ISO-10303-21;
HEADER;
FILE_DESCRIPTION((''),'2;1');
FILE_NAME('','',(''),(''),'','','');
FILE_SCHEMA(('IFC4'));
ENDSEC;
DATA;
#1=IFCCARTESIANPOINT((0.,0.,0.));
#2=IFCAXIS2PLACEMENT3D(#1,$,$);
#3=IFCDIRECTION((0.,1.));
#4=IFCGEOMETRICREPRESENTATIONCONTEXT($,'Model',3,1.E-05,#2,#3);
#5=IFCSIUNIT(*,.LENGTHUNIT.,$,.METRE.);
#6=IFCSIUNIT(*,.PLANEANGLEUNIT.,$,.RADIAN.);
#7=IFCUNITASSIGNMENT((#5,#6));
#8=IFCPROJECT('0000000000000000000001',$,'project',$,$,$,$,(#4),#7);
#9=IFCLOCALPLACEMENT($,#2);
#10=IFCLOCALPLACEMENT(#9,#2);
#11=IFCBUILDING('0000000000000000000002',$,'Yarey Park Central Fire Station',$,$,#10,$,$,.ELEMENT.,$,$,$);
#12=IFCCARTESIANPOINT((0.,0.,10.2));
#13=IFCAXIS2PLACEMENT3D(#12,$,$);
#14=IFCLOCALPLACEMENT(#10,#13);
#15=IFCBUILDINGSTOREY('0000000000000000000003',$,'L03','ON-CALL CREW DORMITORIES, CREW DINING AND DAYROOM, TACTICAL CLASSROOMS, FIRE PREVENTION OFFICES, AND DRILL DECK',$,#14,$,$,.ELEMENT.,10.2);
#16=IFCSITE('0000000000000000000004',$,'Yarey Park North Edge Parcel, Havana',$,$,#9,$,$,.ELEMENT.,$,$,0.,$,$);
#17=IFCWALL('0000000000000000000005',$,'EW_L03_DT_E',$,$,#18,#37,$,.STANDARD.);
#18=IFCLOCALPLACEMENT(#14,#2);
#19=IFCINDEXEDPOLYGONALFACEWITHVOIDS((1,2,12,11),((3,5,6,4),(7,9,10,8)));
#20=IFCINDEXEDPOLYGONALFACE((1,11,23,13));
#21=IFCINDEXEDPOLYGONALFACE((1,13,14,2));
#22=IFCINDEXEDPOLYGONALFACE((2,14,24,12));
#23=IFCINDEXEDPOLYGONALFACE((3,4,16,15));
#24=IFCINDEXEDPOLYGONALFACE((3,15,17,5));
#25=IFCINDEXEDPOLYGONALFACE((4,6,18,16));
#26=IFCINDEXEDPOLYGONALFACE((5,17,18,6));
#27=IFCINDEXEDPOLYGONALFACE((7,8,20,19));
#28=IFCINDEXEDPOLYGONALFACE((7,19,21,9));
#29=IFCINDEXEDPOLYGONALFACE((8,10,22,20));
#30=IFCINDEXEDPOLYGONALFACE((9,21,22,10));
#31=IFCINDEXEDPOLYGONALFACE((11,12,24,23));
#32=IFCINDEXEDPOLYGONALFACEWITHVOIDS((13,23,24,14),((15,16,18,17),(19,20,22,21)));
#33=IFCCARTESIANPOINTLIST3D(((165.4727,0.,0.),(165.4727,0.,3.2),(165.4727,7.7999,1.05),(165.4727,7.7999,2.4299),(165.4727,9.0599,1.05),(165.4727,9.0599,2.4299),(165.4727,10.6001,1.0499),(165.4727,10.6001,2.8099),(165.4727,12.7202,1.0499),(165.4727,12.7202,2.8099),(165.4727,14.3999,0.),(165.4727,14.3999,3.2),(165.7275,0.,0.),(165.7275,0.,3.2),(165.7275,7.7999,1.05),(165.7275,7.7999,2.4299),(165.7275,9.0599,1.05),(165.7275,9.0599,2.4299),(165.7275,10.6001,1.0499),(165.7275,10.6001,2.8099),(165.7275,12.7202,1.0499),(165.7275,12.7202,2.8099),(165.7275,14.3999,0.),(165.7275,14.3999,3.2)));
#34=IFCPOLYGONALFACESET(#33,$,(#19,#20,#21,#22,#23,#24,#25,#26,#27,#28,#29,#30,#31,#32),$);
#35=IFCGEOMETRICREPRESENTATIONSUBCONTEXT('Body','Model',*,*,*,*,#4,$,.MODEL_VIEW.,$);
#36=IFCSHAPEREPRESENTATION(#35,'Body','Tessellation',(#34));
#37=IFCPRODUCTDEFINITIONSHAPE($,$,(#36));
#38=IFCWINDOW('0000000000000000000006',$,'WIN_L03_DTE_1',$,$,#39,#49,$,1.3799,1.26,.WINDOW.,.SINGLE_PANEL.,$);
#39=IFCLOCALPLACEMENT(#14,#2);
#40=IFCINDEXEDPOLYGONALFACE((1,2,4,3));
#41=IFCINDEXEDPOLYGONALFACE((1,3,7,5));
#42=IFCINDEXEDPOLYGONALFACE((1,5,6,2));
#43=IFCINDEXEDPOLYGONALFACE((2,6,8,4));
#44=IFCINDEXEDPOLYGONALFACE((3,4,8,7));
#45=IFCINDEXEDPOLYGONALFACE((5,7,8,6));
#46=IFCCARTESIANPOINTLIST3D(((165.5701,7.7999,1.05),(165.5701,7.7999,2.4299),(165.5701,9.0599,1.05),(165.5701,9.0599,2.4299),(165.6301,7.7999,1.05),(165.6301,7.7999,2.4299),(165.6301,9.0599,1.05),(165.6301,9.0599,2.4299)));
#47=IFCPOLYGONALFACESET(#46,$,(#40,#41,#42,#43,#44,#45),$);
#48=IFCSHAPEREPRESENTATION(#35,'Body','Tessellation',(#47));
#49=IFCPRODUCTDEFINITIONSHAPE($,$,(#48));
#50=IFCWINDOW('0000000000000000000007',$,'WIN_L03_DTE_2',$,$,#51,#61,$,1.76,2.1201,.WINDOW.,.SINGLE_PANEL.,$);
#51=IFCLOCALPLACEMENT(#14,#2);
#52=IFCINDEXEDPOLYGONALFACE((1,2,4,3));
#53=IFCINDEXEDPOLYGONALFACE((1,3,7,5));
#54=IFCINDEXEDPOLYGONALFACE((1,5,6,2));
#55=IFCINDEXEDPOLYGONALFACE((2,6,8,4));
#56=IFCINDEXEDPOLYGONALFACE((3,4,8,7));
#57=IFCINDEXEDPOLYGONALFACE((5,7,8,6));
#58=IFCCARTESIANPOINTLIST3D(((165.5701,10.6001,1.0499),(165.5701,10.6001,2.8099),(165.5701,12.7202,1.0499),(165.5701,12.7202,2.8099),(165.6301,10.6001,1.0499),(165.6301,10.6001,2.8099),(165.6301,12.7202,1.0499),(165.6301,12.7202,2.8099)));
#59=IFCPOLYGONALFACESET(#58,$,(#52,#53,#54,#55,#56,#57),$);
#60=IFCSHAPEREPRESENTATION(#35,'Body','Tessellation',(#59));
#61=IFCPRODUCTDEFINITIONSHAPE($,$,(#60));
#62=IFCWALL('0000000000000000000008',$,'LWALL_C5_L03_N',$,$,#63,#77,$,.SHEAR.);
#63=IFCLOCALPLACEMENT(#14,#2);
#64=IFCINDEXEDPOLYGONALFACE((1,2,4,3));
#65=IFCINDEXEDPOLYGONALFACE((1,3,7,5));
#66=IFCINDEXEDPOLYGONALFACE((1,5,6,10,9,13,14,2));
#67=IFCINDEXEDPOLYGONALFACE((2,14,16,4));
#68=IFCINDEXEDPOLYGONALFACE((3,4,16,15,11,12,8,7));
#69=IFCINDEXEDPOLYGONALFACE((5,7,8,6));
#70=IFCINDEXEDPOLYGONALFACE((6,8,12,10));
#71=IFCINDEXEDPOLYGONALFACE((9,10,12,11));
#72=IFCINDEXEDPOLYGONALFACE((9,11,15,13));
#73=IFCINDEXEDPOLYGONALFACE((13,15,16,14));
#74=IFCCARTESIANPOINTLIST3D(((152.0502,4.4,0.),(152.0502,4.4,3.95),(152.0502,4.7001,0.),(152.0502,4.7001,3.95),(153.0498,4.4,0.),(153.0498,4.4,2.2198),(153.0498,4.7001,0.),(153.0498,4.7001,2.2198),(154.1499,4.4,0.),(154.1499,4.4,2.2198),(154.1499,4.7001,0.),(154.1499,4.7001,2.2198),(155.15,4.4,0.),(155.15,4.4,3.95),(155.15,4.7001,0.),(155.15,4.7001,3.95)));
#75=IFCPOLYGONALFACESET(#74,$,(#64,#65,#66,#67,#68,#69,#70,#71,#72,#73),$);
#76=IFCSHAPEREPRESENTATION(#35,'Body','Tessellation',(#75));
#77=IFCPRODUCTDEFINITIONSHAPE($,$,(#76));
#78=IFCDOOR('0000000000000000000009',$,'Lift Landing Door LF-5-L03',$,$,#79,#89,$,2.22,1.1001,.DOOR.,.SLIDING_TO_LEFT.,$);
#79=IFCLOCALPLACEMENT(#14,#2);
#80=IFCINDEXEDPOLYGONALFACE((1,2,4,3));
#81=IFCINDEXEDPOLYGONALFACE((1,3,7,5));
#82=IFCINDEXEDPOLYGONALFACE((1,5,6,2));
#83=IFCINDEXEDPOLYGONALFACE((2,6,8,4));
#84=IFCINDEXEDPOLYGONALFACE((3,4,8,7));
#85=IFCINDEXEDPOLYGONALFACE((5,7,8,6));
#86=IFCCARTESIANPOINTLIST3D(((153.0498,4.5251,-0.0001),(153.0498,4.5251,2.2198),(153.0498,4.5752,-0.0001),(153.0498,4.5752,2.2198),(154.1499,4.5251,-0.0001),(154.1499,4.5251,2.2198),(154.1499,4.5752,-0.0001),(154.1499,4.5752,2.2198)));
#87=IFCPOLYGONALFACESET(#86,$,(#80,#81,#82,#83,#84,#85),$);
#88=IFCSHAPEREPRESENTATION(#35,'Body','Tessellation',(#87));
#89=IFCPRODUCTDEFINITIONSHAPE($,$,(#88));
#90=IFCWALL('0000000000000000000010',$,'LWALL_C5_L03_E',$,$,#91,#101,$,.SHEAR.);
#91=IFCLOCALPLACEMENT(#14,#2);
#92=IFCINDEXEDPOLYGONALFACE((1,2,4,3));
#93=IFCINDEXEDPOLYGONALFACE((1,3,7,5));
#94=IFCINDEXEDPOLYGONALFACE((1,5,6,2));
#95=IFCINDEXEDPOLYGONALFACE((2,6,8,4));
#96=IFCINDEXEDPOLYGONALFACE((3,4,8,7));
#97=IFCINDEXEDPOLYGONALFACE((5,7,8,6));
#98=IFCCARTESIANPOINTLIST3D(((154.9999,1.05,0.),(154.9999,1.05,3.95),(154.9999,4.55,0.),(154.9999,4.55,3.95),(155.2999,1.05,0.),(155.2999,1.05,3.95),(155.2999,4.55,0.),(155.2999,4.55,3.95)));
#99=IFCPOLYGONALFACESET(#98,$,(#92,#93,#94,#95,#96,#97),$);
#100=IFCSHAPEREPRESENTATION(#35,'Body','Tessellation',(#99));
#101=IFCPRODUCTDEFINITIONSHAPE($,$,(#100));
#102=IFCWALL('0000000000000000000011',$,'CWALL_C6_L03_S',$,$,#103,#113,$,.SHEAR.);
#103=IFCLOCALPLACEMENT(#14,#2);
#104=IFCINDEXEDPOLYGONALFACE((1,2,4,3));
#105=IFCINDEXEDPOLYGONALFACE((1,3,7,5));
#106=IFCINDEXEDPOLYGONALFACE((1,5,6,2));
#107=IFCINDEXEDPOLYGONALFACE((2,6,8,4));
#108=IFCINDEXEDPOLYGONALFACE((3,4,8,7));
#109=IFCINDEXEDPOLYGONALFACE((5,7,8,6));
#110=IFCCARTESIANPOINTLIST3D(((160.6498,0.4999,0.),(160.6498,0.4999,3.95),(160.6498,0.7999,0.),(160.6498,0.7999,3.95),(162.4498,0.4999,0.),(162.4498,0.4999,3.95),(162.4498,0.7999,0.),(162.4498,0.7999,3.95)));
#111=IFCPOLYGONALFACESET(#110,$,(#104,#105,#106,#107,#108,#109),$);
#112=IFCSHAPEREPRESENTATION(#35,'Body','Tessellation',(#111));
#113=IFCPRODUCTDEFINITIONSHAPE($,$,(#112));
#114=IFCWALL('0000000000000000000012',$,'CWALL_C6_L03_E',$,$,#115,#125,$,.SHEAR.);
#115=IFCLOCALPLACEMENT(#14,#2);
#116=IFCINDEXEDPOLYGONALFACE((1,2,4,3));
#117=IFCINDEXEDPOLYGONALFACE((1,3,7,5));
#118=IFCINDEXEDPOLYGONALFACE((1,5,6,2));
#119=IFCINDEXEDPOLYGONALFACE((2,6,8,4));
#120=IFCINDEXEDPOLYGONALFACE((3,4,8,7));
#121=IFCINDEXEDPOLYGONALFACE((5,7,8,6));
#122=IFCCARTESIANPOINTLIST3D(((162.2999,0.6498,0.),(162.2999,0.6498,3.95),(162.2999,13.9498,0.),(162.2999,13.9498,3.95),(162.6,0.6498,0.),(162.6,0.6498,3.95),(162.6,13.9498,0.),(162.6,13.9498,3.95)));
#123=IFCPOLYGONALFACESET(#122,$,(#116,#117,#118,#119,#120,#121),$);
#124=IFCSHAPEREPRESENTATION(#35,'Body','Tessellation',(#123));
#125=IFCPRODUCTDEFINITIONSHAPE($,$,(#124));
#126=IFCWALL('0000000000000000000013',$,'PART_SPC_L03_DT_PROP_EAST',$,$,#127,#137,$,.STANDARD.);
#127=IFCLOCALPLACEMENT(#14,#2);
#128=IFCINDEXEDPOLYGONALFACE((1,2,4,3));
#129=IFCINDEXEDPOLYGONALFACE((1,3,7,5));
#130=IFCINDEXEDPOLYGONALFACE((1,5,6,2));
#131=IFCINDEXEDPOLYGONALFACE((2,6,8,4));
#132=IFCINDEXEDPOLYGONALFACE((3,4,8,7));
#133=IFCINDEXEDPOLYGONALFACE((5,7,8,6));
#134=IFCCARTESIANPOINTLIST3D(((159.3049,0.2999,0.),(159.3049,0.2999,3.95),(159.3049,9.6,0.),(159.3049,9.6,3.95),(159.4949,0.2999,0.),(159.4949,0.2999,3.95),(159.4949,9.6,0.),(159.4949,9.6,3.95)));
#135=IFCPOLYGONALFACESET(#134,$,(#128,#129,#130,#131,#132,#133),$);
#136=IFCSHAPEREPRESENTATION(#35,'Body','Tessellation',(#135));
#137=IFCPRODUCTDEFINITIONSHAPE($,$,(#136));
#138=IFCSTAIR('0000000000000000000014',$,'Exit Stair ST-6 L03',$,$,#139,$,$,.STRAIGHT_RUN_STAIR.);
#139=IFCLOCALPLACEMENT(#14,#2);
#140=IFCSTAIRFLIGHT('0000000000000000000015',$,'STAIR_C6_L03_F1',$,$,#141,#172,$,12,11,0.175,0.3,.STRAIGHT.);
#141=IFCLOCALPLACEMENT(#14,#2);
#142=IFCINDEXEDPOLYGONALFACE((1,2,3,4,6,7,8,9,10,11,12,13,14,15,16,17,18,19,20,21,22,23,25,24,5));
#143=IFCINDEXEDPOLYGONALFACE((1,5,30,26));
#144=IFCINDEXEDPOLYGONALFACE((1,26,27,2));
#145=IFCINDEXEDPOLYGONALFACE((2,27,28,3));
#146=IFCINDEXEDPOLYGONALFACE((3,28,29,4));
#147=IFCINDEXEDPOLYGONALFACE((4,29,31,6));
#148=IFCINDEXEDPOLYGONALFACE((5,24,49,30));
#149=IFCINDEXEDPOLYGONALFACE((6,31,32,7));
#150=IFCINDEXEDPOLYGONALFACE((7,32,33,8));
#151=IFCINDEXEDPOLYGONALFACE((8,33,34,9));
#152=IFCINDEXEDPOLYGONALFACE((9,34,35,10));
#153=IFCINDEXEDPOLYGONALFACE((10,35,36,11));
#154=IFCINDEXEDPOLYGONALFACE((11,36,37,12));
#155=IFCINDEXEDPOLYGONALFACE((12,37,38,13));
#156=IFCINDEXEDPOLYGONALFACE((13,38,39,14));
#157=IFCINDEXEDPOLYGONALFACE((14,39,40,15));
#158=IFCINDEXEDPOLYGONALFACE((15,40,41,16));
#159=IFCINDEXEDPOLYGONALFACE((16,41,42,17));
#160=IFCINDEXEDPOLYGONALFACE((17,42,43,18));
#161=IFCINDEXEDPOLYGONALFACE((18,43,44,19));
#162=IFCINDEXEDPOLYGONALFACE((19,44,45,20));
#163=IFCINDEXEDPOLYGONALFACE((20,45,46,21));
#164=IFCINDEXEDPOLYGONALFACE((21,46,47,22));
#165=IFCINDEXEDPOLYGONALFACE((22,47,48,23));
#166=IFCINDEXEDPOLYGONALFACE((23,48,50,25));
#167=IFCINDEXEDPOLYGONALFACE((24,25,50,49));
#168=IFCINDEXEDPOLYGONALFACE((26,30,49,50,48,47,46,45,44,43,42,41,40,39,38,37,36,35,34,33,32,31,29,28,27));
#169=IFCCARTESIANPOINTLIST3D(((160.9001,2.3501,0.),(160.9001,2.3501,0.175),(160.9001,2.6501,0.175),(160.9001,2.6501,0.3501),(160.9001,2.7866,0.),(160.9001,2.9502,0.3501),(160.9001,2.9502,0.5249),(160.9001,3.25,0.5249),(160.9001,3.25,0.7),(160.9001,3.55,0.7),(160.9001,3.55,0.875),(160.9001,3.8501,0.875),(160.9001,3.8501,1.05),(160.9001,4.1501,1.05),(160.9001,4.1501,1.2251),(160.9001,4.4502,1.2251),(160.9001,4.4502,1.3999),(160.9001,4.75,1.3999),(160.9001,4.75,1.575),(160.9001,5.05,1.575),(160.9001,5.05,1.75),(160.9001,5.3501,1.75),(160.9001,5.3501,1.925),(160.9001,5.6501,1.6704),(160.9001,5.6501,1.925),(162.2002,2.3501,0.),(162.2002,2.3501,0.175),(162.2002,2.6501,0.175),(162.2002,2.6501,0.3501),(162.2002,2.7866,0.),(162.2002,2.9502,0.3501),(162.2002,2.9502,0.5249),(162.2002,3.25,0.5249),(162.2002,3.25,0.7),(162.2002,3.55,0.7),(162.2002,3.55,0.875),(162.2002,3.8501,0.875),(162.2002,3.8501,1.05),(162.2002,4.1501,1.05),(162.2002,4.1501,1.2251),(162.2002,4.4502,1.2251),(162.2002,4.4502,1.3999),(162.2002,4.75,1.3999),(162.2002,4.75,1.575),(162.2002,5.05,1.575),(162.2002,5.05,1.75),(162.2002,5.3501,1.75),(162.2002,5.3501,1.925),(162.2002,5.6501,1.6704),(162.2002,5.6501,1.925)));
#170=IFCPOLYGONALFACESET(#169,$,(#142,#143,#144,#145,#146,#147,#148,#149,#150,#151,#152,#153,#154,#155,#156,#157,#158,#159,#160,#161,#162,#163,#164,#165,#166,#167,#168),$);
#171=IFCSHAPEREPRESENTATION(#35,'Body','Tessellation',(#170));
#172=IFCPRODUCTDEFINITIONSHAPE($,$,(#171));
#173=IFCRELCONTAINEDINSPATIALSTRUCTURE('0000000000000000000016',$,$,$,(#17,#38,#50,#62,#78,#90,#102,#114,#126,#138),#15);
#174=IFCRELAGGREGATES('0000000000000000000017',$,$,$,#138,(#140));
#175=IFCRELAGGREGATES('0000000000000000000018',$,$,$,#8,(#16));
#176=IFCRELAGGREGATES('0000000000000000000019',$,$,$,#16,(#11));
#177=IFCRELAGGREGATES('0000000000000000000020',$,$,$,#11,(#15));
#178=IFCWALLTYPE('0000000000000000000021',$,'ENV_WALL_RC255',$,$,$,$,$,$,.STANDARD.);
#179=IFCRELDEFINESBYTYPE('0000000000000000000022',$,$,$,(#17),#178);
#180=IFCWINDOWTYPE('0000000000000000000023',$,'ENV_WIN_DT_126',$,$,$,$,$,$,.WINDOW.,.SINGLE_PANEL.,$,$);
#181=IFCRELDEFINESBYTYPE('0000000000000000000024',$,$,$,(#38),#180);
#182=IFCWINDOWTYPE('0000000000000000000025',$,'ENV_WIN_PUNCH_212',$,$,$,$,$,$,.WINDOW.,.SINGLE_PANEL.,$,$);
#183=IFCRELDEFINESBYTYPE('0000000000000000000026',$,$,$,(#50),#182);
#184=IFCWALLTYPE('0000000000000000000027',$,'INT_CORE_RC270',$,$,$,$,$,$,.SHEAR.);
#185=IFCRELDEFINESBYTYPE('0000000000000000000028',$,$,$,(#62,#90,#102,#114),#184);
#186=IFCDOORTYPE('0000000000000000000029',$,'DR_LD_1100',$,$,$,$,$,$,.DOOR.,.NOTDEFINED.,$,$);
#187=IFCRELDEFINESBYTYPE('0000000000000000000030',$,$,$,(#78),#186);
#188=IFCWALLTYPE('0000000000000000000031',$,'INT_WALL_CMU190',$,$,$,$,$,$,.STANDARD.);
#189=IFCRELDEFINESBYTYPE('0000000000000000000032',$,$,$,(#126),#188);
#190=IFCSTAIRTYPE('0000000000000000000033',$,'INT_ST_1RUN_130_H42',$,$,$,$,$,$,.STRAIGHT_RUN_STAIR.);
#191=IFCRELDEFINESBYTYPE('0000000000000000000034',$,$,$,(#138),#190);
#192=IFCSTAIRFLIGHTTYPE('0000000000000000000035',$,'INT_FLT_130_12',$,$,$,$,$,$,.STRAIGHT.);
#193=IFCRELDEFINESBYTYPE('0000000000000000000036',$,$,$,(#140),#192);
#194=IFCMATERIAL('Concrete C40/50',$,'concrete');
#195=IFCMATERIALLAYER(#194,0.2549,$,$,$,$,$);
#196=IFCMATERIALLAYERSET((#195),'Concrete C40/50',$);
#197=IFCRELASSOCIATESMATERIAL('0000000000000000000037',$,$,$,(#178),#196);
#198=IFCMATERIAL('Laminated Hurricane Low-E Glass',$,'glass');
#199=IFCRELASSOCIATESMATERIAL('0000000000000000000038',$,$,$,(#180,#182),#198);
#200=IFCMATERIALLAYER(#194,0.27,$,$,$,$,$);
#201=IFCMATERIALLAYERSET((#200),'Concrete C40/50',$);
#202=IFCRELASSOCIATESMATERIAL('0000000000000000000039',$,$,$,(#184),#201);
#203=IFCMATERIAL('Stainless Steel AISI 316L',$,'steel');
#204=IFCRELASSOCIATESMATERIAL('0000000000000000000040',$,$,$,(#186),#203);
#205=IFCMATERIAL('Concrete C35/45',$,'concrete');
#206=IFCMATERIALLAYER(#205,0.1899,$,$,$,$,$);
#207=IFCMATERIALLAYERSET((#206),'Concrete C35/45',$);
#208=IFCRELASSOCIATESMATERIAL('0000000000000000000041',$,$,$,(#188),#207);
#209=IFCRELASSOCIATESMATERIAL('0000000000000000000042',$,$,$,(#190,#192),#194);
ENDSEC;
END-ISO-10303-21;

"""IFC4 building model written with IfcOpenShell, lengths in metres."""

from ifc_helpers import new_model, si_unit, direction, frame, frame_2d, origin, place, context, subcontext, project, spatial, polyline, rectangle, outline, extrude, material, layer, layer_set, type_object, element, fill, aggregate, save


model = new_model("IFC4")

# Units and contexts
model_context = context("Model", 3, precision=1e-05, world=origin(), true_north=direction((0.0, 1.0)))
body_context = subcontext(model_context, "Body", "Model", "MODEL_VIEW")
ifc_project = project(units=[si_unit("LENGTHUNIT", "METRE"), si_unit("PLANEANGLEUNIT", "RADIAN")], contexts=[model_context])

# Site, building, storey
site_placement = place(None, origin())
site = spatial("IfcSite", under=ifc_project, at=site_placement, Name="Yarey Park North Edge Parcel, Havana", CompositionType="ELEMENT", RefElevation=0.0)
building_placement = place(site_placement, origin())
building = spatial("IfcBuilding", under=site, at=building_placement, Name="Yarey Park Central Fire Station", CompositionType="ELEMENT")
storey_placement = place(building_placement, frame((0.0, 0.0, 10.2)))
storey = spatial("IfcBuildingStorey", under=building, at=storey_placement, Name="L03", Description="ON-CALL CREW DORMITORIES, CREW DINING AND DAYROOM, TACTICAL CLASSROOMS, FIRE PREVENTION OFFICES, AND DRILL DECK", CompositionType="ELEMENT", Elevation=10.2)

# Wall, openings, windows
ifc_material_1 = material(Name="Concrete C40/50", Category="concrete")
ifc_layer_1 = layer(ifc_material_1, 0.2549)
ifc_layer_set_1 = layer_set([ifc_layer_1], Name="Concrete C40/50")
wall_type_1 = type_object("IfcWallType", Name="ENV_WALL_RC255", PredefinedType="STANDARD", material=ifc_layer_set_1)
ifc_material_2 = material(Name="Laminated Hurricane Low-E Glass", Category="glass")
wall_1_placement = place(storey_placement, frame((165.6001, 0.0, 0.0), z_axis=(0.0, 0.0, 1.0), x_axis=(0.0, 1.0, 0.0)))
wall_1 = element("IfcWall", 1, at=wall_1_placement, inside=storey, type_object=wall_type_1, Name="EW_L03_DT_E", PredefinedType="STANDARD", context=body_context, shape_type="SweptSolid", body=[
    extrude(rectangle(XDim=14.3999, YDim=0.2549, at=frame_2d((7.2, 0.0))), origin(), (0.0, 0.0, 1.0), 3.2),
])
opening_1_placement = place(wall_1_placement, frame((7.8, 0.0, 1.05)))
opening_1 = element("IfcOpeningElement", 2, at=opening_1_placement, cuts=wall_1, PredefinedType="OPENING", context=body_context, shape_type="SweptSolid", body=[
    extrude(rectangle(XDim=1.26, YDim=1.3799, at=frame_2d((0.6299, 0.6899))), frame((0.0, 0.1375, 0.0), z_axis=(0.0, -1.0, 0.0), x_axis=(1.0, 0.0, 0.0)), (0.0, 0.0, 1.0), 0.2749),
])
opening_2_placement = place(wall_1_placement, frame((10.6001, 0.0, 1.05)))
opening_2 = element("IfcOpeningElement", 3, at=opening_2_placement, cuts=wall_1, PredefinedType="OPENING", context=body_context, shape_type="SweptSolid", body=[
    extrude(rectangle(XDim=2.1201, YDim=1.76, at=frame_2d((1.0601, 0.8799))), frame((0.0, 0.1375, 0.0), z_axis=(0.0, -1.0, 0.0), x_axis=(1.0, 0.0, 0.0)), (0.0, 0.0, 1.0), 0.2749),
])
window_type_1 = type_object("IfcWindowType", Name="ENV_WIN_DT_126", PartitioningType="SINGLE_PANEL", PredefinedType="WINDOW", material=ifc_material_2)
window_1_placement = place(opening_1_placement, origin())
window_1 = element("IfcWindow", 4, at=window_1_placement, inside=storey, type_object=window_type_1, Name="WIN_L03_DTE_1", OverallHeight=1.3799, OverallWidth=1.26, PartitioningType="SINGLE_PANEL", PredefinedType="WINDOW", context=body_context, shape_type="SweptSolid", body=[
    extrude(rectangle(XDim=1.26, YDim=1.3799, at=frame_2d((0.6299, 0.6899))), frame((0.0, 0.03, 0.0), z_axis=(0.0, -1.0, 0.0), x_axis=(1.0, 0.0, 0.0)), (0.0, 0.0, 1.0), 0.0601),
])
fill(opening_1, window_1)
window_type_2 = type_object("IfcWindowType", Name="ENV_WIN_PUNCH_212", PartitioningType="SINGLE_PANEL", PredefinedType="WINDOW", material=ifc_material_2)
window_2_placement = place(opening_2_placement, origin())
window_2 = element("IfcWindow", 5, at=window_2_placement, inside=storey, type_object=window_type_2, Name="WIN_L03_DTE_2", OverallHeight=1.76, OverallWidth=2.1201, PartitioningType="SINGLE_PANEL", PredefinedType="WINDOW", context=body_context, shape_type="SweptSolid", body=[
    extrude(rectangle(XDim=2.1201, YDim=1.76, at=frame_2d((1.0601, 0.8799))), frame((0.0, 0.03, 0.0), z_axis=(0.0, -1.0, 0.0), x_axis=(1.0, 0.0, 0.0)), (0.0, 0.0, 1.0), 0.0601),
])
fill(opening_2, window_2)

# Wall, opening, door
ifc_layer_2 = layer(ifc_material_1, 0.27)
ifc_layer_set_2 = layer_set([ifc_layer_2], Name="Concrete C40/50")
wall_type_2 = type_object("IfcWallType", Name="INT_CORE_RC270", PredefinedType="SHEAR", material=ifc_layer_set_2)
wall_2_placement = place(storey_placement, frame((155.1499, 4.55, 0.0), z_axis=(0.0, 0.0, 1.0), x_axis=(-1.0, 0.0, 0.0)))
wall_2 = element("IfcWall", 6, at=wall_2_placement, inside=storey, type_object=wall_type_2, Name="LWALL_C5_L03_N", PredefinedType="SHEAR", context=body_context, shape_type="SweptSolid", body=[
    extrude(rectangle(XDim=3.0999, YDim=0.3, at=frame_2d((1.5498, 0.0))), origin(), (0.0, 0.0, 1.0), 3.95),
])
opening_3_placement = place(wall_2_placement, frame((1.0, 0.0, 0.0)))
opening_3 = element("IfcOpeningElement", 7, at=opening_3_placement, cuts=wall_2, PredefinedType="OPENING", context=body_context, shape_type="SweptSolid", body=[
    extrude(rectangle(XDim=1.1001, YDim=2.22, at=frame_2d((0.55, 1.1099))), frame((0.0, 0.1599, 0.0), z_axis=(0.0, -1.0, 0.0), x_axis=(1.0, 0.0, 0.0)), (0.0, 0.0, 1.0), 0.3201),
])
ifc_material_3 = material(Name="Stainless Steel AISI 316L", Category="steel")
door_type = type_object("IfcDoorType", Name="DR_LD_1100", OperationType="NOTDEFINED", PredefinedType="DOOR", material=ifc_material_3)
door_placement = place(opening_3_placement, origin())
door = element("IfcDoor", 8, at=door_placement, inside=storey, type_object=door_type, Name="Lift Landing Door LF-5-L03", OperationType="SLIDING_TO_LEFT", OverallHeight=2.22, OverallWidth=1.1001, PredefinedType="DOOR", context=body_context, shape_type="SweptSolid", body=[
    extrude(rectangle(XDim=1.1001, YDim=2.22, at=frame_2d((0.55, 1.1099))), frame((0.0, 0.0249, 0.0), z_axis=(0.0, -1.0, 0.0), x_axis=(1.0, 0.0, 0.0)), (0.0, 0.0, 1.0), 0.05),
])
fill(opening_3, door)

# Walls
wall_3_placement = place(storey_placement, frame((155.1499, 1.05, 0.0), z_axis=(0.0, 0.0, 1.0), x_axis=(0.0, 1.0, 0.0)))
element("IfcWall", 9, at=wall_3_placement, inside=storey, type_object=wall_type_2, Name="LWALL_C5_L03_E", PredefinedType="SHEAR", context=body_context, shape_type="SweptSolid", body=[
    extrude(rectangle(XDim=3.5, YDim=0.3, at=frame_2d((1.75, 0.0))), origin(), (0.0, 0.0, 1.0), 3.95),
])
wall_4_placement = place(storey_placement, frame((160.6499, 0.6499, 0.0), z_axis=(0.0, 0.0, 1.0), x_axis=(1.0, 0.0, 0.0)))
element("IfcWall", 10, at=wall_4_placement, inside=storey, type_object=wall_type_2, Name="CWALL_C6_L03_S", PredefinedType="SHEAR", context=body_context, shape_type="SweptSolid", body=[
    extrude(rectangle(XDim=1.8, YDim=0.3, at=frame_2d((0.8999, 0.0))), origin(), (0.0, 0.0, 1.0), 3.95),
])
wall_5_placement = place(storey_placement, frame((162.45, 0.6499, 0.0), z_axis=(0.0, 0.0, 1.0), x_axis=(0.0, 1.0, 0.0)))
element("IfcWall", 11, at=wall_5_placement, inside=storey, type_object=wall_type_2, Name="CWALL_C6_L03_E", PredefinedType="SHEAR", context=body_context, shape_type="SweptSolid", body=[
    extrude(rectangle(XDim=13.3, YDim=0.3, at=frame_2d((6.6499, 0.0))), origin(), (0.0, 0.0, 1.0), 3.95),
])
ifc_material_4 = material(Name="Concrete C35/45", Category="concrete")
ifc_layer_3 = layer(ifc_material_4, 0.1899)
ifc_layer_set_3 = layer_set([ifc_layer_3], Name="Concrete C35/45")
wall_type_3 = type_object("IfcWallType", Name="INT_WALL_CMU190", PredefinedType="STANDARD", material=ifc_layer_set_3)
wall_6_placement = place(storey_placement, frame((159.3999, 0.3, 0.0), z_axis=(0.0, 0.0, 1.0), x_axis=(0.0, 1.0, 0.0)))
element("IfcWall", 12, at=wall_6_placement, inside=storey, type_object=wall_type_3, Name="PART_SPC_L03_DT_PROP_EAST", PredefinedType="STANDARD", context=body_context, shape_type="SweptSolid", body=[
    extrude(rectangle(XDim=9.3, YDim=0.1899, at=frame_2d((4.6499, 0.0))), origin(), (0.0, 0.0, 1.0), 3.95),
])

# Stair, stair flight
stair_type = type_object("IfcStairType", Name="INT_ST_1RUN_130_H42", PredefinedType="STRAIGHT_RUN_STAIR", material=ifc_material_1)
stair_placement = place(storey_placement, origin())
stair = element("IfcStair", 13, at=stair_placement, inside=storey, type_object=stair_type, Name="Exit Stair ST-6 L03", PredefinedType="STRAIGHT_RUN_STAIR")
stair_flight_type = type_object("IfcStairFlightType", Name="INT_FLT_130_12", PredefinedType="STRAIGHT", material=ifc_material_1)
stair_flight_placement = place(storey_placement, frame((161.55, 2.3501, 0.0), z_axis=(0.0, 0.0, 1.0), x_axis=(0.0, 1.0, 0.0)))
stair_flight = element("IfcStairFlight", 14, at=stair_flight_placement, type_object=stair_flight_type, Name="STAIR_C6_L03_F1", NumberOfRisers=12, NumberOfTreads=11, PredefinedType="STRAIGHT", RiserHeight=0.175, TreadLength=0.3, context=body_context, shape_type="SweptSolid", body=[
    extrude(outline(polyline([(0.0, 0.0), (0.0, 0.175), (0.3, 0.175), (0.3, 0.3501), (0.6001, 0.3501), (0.6001, 0.5249), (0.8999, 0.5249), (0.8999, 0.7), (1.2, 0.7), (1.2, 0.875), (1.5, 0.875), (1.5, 1.05), (1.8, 1.05), (1.8, 1.2251), (2.1001, 1.2251), (2.1001, 1.3999), (2.3999, 1.3999), (2.3999, 1.575), (2.7, 1.575), (2.7, 1.75), (3.0, 1.75), (3.0, 1.925), (3.3, 1.925), (3.3, 2.1001), (3.3, 1.6704), (0.4365, 0.0), (0.0, 0.0)])), frame((0.0, 0.6499, 0.0), z_axis=(0.0, -1.0, 0.0), x_axis=(1.0, 0.0, 0.0)), (0.0, 0.0, 1.0), 1.3),
])
aggregate(stair, [stair_flight])

save(model, "model.ifc")
